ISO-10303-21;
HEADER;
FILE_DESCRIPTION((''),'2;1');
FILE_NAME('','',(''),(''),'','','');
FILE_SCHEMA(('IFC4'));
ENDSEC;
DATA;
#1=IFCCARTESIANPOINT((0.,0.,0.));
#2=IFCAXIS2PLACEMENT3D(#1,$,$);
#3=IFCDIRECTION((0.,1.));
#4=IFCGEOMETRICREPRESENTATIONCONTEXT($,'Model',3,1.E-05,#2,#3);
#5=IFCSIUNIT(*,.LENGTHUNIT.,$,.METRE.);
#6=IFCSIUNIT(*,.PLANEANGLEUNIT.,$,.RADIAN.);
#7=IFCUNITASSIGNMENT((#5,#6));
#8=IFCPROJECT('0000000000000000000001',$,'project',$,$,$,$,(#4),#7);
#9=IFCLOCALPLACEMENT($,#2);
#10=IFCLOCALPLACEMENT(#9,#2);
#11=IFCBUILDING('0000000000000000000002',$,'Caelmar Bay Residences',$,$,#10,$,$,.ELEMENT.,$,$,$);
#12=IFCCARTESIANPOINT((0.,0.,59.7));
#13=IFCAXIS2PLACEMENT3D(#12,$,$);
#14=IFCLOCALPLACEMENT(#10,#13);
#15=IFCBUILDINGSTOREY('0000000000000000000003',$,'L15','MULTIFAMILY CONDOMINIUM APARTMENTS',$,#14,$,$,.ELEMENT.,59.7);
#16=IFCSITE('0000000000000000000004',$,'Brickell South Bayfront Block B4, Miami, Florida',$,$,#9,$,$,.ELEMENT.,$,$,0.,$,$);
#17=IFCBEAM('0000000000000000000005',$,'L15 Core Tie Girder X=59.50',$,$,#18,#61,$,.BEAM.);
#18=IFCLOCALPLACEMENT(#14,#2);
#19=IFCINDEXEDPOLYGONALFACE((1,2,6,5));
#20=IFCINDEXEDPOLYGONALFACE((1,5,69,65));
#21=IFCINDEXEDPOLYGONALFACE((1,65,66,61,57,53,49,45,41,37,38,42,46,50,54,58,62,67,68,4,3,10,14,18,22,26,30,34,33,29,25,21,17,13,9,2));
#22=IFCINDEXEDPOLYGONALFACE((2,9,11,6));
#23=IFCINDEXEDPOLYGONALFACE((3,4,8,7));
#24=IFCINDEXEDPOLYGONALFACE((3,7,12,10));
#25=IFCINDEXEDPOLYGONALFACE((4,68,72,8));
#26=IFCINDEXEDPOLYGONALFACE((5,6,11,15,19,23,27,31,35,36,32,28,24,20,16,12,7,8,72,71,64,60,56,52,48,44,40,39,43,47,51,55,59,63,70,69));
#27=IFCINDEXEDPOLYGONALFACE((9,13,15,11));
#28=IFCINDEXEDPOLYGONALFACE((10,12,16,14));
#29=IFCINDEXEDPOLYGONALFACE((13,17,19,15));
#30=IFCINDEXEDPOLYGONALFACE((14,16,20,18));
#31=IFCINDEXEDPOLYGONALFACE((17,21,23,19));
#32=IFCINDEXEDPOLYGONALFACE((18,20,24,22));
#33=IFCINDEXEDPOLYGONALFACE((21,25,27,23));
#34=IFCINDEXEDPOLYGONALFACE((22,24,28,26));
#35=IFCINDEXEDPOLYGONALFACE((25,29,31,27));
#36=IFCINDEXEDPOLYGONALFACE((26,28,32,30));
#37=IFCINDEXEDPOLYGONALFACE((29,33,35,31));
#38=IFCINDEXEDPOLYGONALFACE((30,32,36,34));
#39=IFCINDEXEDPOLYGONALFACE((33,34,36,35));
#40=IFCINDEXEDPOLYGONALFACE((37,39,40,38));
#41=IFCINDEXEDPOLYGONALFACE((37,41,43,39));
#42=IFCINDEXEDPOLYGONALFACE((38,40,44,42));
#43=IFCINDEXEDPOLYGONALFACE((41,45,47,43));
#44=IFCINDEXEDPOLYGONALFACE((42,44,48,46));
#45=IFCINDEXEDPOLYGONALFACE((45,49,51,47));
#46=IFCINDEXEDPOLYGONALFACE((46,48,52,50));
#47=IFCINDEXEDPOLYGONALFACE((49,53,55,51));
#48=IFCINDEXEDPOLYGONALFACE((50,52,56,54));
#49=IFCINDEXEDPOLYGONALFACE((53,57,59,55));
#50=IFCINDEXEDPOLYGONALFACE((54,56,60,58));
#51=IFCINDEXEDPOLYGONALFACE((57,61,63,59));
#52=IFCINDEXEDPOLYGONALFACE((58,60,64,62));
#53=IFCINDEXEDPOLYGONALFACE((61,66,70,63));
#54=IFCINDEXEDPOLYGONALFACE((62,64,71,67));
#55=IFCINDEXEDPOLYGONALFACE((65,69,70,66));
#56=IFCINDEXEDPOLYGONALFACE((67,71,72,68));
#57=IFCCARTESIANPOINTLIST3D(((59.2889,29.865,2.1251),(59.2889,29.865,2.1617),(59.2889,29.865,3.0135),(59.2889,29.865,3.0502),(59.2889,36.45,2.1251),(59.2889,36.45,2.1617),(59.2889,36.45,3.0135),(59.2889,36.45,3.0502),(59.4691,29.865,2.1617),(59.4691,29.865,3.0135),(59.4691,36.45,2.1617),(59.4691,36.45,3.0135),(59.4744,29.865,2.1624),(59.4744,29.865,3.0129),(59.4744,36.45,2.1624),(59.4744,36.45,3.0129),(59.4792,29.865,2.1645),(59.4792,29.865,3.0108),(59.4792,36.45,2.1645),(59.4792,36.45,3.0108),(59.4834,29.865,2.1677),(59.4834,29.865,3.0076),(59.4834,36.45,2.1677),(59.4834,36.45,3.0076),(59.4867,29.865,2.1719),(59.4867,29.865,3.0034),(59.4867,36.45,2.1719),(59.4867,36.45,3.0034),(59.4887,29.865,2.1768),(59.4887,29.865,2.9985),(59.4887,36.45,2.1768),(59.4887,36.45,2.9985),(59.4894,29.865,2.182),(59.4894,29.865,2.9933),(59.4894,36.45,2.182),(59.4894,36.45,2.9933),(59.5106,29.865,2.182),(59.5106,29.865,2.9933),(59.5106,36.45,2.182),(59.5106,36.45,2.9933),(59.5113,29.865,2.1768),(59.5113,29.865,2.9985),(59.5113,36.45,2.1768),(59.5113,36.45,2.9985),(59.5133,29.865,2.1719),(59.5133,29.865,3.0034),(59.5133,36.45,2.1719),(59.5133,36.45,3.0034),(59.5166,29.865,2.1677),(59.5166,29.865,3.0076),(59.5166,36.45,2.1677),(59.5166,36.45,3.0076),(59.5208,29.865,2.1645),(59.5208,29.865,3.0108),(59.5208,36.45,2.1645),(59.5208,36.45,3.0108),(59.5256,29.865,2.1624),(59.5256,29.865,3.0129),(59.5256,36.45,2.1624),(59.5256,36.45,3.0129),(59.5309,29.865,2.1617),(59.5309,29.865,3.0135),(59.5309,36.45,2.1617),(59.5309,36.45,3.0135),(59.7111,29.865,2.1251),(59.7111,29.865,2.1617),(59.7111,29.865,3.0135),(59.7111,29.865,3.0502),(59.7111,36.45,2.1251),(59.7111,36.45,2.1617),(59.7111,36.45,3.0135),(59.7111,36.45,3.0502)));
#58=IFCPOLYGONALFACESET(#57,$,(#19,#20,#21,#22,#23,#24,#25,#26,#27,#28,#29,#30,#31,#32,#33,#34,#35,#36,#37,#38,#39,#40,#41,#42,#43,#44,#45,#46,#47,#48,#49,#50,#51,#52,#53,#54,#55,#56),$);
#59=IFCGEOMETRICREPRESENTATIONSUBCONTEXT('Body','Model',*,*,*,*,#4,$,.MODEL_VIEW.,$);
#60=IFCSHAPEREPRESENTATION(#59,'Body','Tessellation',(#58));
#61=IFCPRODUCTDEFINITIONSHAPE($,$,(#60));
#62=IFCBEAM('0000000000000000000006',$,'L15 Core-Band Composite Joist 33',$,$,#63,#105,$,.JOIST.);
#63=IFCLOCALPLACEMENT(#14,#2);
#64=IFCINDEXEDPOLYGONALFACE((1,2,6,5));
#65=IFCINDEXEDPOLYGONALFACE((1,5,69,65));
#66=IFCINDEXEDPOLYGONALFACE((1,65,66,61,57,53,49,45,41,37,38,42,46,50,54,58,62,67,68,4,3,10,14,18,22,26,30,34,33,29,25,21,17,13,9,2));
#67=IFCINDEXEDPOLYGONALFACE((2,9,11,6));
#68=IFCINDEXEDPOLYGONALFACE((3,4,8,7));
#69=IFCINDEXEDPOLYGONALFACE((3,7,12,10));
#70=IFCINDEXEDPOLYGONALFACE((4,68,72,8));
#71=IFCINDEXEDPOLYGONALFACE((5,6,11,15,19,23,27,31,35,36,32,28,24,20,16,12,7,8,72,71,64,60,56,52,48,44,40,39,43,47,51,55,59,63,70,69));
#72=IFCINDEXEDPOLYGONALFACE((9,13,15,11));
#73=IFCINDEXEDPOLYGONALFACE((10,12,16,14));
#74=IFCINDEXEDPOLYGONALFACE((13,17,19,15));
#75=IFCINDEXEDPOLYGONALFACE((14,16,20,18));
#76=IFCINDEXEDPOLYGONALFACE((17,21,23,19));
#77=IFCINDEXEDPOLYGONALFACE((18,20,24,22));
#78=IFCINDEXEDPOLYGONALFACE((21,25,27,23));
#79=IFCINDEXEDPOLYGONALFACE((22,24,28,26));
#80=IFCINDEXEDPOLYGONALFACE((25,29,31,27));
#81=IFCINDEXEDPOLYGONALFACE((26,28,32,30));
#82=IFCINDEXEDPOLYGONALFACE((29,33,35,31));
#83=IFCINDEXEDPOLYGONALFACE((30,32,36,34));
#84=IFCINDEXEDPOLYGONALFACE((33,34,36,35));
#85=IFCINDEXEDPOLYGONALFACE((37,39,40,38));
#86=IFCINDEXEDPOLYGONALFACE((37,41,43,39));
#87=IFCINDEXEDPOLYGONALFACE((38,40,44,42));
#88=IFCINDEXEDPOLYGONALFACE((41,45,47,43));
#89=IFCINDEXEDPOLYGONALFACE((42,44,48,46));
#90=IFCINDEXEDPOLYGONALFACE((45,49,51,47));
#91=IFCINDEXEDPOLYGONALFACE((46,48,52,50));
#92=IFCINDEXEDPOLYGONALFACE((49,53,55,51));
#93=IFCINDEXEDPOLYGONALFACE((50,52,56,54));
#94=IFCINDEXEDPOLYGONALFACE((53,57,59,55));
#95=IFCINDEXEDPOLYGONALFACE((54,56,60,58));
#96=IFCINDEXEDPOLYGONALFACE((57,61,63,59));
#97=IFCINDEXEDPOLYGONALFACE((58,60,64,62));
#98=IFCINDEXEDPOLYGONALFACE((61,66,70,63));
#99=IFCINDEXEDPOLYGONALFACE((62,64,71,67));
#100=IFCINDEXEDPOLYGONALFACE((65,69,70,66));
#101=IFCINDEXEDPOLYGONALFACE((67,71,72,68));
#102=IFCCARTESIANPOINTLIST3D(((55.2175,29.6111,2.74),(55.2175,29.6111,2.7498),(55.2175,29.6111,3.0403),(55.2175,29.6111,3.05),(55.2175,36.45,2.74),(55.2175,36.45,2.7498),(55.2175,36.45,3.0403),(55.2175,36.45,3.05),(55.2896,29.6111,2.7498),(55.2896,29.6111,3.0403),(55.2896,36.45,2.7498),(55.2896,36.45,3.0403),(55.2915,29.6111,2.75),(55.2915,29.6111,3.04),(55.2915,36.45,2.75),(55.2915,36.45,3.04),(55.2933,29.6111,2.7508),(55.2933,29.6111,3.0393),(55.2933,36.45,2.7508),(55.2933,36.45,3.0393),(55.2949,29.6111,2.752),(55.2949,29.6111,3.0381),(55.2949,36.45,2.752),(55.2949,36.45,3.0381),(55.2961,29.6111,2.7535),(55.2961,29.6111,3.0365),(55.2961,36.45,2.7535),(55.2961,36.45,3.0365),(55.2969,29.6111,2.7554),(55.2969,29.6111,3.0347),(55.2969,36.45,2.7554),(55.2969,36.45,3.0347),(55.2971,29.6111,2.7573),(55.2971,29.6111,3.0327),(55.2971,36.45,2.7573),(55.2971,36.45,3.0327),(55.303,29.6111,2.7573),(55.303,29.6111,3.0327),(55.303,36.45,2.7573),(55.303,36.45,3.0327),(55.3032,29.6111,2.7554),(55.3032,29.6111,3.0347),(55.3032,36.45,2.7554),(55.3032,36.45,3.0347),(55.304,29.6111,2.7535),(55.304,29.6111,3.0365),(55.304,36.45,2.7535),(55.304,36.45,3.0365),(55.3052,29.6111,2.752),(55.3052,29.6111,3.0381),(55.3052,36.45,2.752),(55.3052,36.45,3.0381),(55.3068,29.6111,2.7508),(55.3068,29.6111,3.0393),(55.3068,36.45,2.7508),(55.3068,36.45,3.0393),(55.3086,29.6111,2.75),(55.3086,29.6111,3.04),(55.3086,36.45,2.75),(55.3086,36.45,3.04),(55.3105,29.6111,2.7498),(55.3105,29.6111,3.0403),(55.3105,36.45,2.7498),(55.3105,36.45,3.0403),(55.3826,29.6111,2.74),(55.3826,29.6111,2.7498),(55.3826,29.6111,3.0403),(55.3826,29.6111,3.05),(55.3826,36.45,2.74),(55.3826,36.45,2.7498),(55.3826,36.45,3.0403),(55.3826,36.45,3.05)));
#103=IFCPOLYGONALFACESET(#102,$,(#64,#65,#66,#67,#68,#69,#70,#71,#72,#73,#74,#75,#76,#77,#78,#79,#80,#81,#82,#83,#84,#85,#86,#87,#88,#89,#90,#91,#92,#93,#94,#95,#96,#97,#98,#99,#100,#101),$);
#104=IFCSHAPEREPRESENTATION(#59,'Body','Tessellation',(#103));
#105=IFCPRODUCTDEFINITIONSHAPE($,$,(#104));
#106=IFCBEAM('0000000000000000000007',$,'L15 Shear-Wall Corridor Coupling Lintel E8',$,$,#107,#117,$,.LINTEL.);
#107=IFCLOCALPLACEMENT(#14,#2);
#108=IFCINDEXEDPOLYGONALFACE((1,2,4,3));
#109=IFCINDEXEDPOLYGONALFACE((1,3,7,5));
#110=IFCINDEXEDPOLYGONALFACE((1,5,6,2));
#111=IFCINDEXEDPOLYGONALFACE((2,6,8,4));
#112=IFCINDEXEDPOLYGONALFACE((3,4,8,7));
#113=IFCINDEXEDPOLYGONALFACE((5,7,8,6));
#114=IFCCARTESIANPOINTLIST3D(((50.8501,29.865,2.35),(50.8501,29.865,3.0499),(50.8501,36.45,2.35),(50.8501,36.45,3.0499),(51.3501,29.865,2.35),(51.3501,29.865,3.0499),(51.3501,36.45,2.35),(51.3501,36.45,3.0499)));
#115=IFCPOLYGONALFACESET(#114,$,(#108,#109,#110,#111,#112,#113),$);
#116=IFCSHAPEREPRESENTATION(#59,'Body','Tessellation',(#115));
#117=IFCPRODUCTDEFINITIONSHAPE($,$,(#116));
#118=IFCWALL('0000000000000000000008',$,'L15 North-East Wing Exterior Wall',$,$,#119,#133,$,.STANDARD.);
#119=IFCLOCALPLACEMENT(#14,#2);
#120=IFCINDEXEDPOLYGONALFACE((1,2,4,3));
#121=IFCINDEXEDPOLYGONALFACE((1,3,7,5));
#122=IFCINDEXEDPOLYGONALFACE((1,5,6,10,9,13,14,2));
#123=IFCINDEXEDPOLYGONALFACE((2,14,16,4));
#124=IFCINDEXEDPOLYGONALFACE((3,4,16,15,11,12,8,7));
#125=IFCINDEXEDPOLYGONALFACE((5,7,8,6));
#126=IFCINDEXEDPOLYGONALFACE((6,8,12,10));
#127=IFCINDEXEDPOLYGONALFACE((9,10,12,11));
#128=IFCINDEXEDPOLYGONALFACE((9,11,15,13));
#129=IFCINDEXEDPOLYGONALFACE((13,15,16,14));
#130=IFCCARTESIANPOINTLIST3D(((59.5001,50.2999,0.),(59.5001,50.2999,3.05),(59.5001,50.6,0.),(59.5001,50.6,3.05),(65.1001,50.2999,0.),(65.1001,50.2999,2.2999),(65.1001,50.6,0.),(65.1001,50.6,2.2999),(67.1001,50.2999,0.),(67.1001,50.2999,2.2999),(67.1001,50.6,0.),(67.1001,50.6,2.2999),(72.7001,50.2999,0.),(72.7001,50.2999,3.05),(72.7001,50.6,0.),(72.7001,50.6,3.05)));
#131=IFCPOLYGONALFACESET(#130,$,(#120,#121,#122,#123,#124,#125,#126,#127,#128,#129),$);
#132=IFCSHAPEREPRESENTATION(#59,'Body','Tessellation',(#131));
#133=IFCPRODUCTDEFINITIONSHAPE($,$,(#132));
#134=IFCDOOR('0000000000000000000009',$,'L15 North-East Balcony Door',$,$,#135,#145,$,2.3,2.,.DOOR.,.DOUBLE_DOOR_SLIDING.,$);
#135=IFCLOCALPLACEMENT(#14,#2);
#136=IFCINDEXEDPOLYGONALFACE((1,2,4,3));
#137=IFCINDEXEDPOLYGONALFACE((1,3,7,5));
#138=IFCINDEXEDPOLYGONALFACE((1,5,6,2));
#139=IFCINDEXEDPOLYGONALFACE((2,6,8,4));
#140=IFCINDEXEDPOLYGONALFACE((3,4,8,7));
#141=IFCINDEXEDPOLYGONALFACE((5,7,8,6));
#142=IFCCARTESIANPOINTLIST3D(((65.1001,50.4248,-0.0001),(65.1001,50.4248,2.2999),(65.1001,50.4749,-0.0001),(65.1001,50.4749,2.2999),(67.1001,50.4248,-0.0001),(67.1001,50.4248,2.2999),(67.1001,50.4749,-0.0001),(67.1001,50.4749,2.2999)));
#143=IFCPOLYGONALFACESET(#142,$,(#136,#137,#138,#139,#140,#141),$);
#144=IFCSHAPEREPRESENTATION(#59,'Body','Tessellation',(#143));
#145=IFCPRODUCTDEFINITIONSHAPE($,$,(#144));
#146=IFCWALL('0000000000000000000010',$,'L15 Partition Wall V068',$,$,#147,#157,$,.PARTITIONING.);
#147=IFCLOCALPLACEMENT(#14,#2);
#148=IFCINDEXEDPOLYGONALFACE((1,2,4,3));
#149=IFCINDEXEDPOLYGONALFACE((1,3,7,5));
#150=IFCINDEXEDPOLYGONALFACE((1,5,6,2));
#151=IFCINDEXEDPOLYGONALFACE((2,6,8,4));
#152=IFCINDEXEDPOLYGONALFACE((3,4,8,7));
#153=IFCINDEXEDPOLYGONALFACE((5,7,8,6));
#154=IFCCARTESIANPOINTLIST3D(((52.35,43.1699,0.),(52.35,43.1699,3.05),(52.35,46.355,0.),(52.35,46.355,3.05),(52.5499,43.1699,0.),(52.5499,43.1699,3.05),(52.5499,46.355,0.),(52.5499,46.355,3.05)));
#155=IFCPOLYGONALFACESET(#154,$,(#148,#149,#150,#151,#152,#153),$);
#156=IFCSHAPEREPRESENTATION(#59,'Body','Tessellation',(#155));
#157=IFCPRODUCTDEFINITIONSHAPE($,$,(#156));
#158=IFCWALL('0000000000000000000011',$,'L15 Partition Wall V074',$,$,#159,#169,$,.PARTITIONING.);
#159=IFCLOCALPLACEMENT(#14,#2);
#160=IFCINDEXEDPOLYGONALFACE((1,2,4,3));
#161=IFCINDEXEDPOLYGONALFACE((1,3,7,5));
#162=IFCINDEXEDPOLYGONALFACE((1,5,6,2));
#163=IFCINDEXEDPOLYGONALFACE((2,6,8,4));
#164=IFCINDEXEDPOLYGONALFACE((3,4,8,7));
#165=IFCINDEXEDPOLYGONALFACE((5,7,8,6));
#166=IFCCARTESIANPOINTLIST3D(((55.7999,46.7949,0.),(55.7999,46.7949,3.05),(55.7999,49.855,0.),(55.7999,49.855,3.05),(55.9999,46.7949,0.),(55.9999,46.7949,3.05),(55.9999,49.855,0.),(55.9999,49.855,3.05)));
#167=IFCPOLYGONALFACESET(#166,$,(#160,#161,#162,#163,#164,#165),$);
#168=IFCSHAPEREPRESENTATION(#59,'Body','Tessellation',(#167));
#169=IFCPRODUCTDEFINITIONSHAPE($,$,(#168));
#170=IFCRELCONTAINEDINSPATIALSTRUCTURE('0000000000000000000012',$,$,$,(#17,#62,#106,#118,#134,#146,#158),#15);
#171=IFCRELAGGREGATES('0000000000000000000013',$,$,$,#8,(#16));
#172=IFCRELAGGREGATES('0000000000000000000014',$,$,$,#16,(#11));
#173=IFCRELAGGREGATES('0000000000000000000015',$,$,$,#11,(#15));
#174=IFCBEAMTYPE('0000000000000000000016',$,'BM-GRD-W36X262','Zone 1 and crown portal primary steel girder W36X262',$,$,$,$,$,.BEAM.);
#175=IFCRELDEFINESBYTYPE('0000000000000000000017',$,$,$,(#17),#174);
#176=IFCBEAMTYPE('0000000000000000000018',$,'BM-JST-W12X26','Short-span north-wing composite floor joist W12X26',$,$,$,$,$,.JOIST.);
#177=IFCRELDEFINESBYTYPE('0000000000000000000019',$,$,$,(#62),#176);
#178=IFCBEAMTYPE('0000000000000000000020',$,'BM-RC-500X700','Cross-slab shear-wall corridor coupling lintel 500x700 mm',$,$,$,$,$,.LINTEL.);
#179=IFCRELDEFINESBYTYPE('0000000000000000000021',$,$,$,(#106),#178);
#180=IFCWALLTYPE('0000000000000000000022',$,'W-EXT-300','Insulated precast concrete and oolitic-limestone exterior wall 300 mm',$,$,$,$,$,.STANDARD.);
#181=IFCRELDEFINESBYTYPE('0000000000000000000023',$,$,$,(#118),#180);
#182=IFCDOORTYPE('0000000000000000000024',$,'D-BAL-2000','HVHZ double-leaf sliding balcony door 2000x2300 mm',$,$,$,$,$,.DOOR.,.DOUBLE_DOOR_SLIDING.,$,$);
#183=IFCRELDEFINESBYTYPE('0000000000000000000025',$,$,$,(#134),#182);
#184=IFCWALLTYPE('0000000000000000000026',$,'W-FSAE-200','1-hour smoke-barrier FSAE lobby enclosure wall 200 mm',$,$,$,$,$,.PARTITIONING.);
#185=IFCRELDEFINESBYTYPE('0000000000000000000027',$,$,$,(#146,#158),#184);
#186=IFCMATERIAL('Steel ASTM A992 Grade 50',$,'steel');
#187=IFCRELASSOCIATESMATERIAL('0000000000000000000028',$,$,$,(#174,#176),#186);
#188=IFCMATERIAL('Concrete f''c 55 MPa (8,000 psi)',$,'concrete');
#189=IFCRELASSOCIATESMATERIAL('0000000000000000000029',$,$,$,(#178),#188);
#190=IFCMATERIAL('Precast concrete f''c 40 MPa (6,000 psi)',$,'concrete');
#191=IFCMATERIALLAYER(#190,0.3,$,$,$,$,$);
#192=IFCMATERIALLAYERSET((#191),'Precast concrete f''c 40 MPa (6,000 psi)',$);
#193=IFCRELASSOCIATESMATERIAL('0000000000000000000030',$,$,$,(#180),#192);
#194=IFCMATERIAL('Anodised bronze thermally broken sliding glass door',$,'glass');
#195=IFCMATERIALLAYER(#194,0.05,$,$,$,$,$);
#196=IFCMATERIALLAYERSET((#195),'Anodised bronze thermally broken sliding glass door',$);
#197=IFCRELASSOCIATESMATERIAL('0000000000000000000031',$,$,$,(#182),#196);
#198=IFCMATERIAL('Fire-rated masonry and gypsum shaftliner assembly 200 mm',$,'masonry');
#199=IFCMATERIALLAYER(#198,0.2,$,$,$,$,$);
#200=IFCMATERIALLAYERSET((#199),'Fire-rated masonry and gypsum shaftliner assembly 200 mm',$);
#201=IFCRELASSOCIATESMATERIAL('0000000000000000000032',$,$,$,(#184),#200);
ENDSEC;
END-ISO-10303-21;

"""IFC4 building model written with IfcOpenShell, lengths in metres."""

from ifc_helpers import new_model, si_unit, direction, frame, frame_2d, origin, origin_2d, place, context, subcontext, project, spatial, rectangle, i_section, extrude, material, layer, layer_set, material_profile, profile_set, type_object, element, fill, save


model = new_model("IFC4")

# Units and contexts
model_context = context("Model", 3, precision=1e-05, world=origin(), true_north=direction((0.0, 1.0)))
body_context = subcontext(model_context, "Body", "Model", "MODEL_VIEW")
ifc_project = project(units=[si_unit("LENGTHUNIT", "METRE"), si_unit("PLANEANGLEUNIT", "RADIAN")], contexts=[model_context])

# Site, building, storey
site_placement = place(None, origin())
site = spatial("IfcSite", under=ifc_project, at=site_placement, Name="Brickell South Bayfront Block B4, Miami, Florida", CompositionType="ELEMENT", RefElevation=0.0)
building_placement = place(site_placement, origin())
building = spatial("IfcBuilding", under=site, at=building_placement, Name="Caelmar Bay Residences", CompositionType="ELEMENT")
storey_placement = place(building_placement, frame((0.0, 0.0, 59.7)))
storey = spatial("IfcBuildingStorey", under=building, at=storey_placement, Name="L15", Description="MULTIFAMILY CONDOMINIUM APARTMENTS", CompositionType="ELEMENT", Elevation=59.7)

# Beams
ifc_material_1 = material(Name="Steel ASTM A992 Grade 50", Category="steel")
ifc_material_profile_1 = material_profile(ifc_material_1, i_section(OverallWidth=0.4221, OverallDepth=0.925, WebThickness=0.0212, FlangeThickness=0.0366, FilletRadius=0.0203, at=origin_2d()), Name="W36X262")
ifc_profile_set_1 = profile_set([ifc_material_profile_1], Name="Steel ASTM A992 Grade 50")
beam_type_1 = type_object("IfcBeamType", Name="BM-GRD-W36X262", Description="Zone 1 and crown portal primary steel girder W36X262", PredefinedType="BEAM", material=ifc_profile_set_1)
beam_1_placement = place(storey_placement, frame((59.5, 29.865, 2.5876), z_axis=(0.0, 1.0, 0.0), x_axis=(-1.0, 0.0, 0.0)))
element("IfcBeam", 1, at=beam_1_placement, inside=storey, type_object=beam_type_1, Name="L15 Core Tie Girder X=59.50", PredefinedType="BEAM", context=body_context, shape_type="SweptSolid", body=[
    extrude(i_section(OverallWidth=0.4221, OverallDepth=0.925, WebThickness=0.0212, FlangeThickness=0.0366, FilletRadius=0.0203, at=origin_2d()), origin(), (0.0, 0.0, 1.0), 6.585),
])
ifc_material_profile_2 = material_profile(ifc_material_1, i_section(OverallWidth=0.165, OverallDepth=0.3101, WebThickness=0.0059, FlangeThickness=0.0098, FilletRadius=0.0076, at=origin_2d()), Name="W12X26")
ifc_profile_set_2 = profile_set([ifc_material_profile_2], Name="Steel ASTM A992 Grade 50")
beam_type_2 = type_object("IfcBeamType", Name="BM-JST-W12X26", Description="Short-span north-wing composite floor joist W12X26", PredefinedType="JOIST", material=ifc_profile_set_2)
beam_2_placement = place(storey_placement, frame((55.3, 29.6111, 2.895), z_axis=(0.0, 1.0, 0.0), x_axis=(-1.0, 0.0, 0.0)))
element("IfcBeam", 2, at=beam_2_placement, inside=storey, type_object=beam_type_2, Name="L15 Core-Band Composite Joist 33", PredefinedType="JOIST", context=body_context, shape_type="SweptSolid", body=[
    extrude(i_section(OverallWidth=0.165, OverallDepth=0.3101, WebThickness=0.0059, FlangeThickness=0.0098, FilletRadius=0.0076, at=origin_2d()), origin(), (0.0, 0.0, 1.0), 6.8389),
])
ifc_material_2 = material(Name="Concrete f'c 55 MPa (8,000 psi)", Category="concrete")
ifc_material_profile_3 = material_profile(ifc_material_2, rectangle(XDim=0.5, YDim=0.7, at=origin_2d()), Name="RC-BM-500X700")
ifc_profile_set_3 = profile_set([ifc_material_profile_3], Name="Concrete f'c 55 MPa (8,000 psi)")
beam_type_3 = type_object("IfcBeamType", Name="BM-RC-500X700", Description="Cross-slab shear-wall corridor coupling lintel 500x700 mm", PredefinedType="LINTEL", material=ifc_profile_set_3)
beam_3_placement = place(storey_placement, frame((51.1001, 29.865, 2.7), z_axis=(0.0, 1.0, 0.0), x_axis=(-1.0, 0.0, 0.0)))
element("IfcBeam", 3, at=beam_3_placement, inside=storey, type_object=beam_type_3, Name="L15 Shear-Wall Corridor Coupling Lintel E8", PredefinedType="LINTEL", context=body_context, shape_type="SweptSolid", body=[
    extrude(rectangle(XDim=0.5, YDim=0.7, at=origin_2d()), origin(), (0.0, 0.0, 1.0), 6.585),
])

# Wall, opening, door
ifc_material_3 = material(Name="Precast concrete f'c 40 MPa (6,000 psi)", Category="concrete")
ifc_layer_1 = layer(ifc_material_3, 0.3)
ifc_layer_set_1 = layer_set([ifc_layer_1], Name="Precast concrete f'c 40 MPa (6,000 psi)")
wall_type_1 = type_object("IfcWallType", Name="W-EXT-300", Description="Insulated precast concrete and oolitic-limestone exterior wall 300 mm", PredefinedType="STANDARD", material=ifc_layer_set_1)
wall_1_placement = place(storey_placement, frame((59.5, 50.45, 0.0), z_axis=(0.0, 0.0, 1.0), x_axis=(1.0, 0.0, 0.0)))
wall_1 = element("IfcWall", 4, at=wall_1_placement, inside=storey, type_object=wall_type_1, Name="L15 North-East Wing Exterior Wall", PredefinedType="STANDARD", context=body_context, shape_type="SweptSolid", body=[
    extrude(rectangle(XDim=13.2, YDim=0.3, at=frame_2d((6.6001, 0.0))), origin(), (0.0, 0.0, 1.0), 3.05),
])
opening_1_placement = place(wall_1_placement, frame((5.6001, 0.0, 0.0)))
opening_1 = element("IfcOpeningElement", 5, at=opening_1_placement, cuts=wall_1, PredefinedType="OPENING", context=body_context, shape_type="SweptSolid", body=[
    extrude(rectangle(XDim=2.0, YDim=2.3, at=frame_2d((1.0, 1.1499))), frame((0.0, 0.1599, 0.0), z_axis=(0.0, -1.0, 0.0), x_axis=(1.0, 0.0, 0.0)), (0.0, 0.0, 1.0), 0.3201),
])
ifc_material_4 = material(Name="Anodised bronze thermally broken sliding glass door", Category="glass")
ifc_layer_2 = layer(ifc_material_4, 0.05)
ifc_layer_set_2 = layer_set([ifc_layer_2], Name="Anodised bronze thermally broken sliding glass door")
door_type_1 = type_object("IfcDoorType", Name="D-BAL-2000", Description="HVHZ double-leaf sliding balcony door 2000x2300 mm", OperationType="DOUBLE_DOOR_SLIDING", PredefinedType="DOOR", material=ifc_layer_set_2)
door_1_placement = place(opening_1_placement, origin())
door_1 = element("IfcDoor", 6, at=door_1_placement, inside=storey, type_object=door_type_1, Name="L15 North-East Balcony Door", OperationType="DOUBLE_DOOR_SLIDING", OverallHeight=2.3, OverallWidth=2.0, PredefinedType="DOOR", context=body_context, shape_type="SweptSolid", body=[
    extrude(rectangle(XDim=2.0, YDim=2.3, at=frame_2d((1.0, 1.1499))), frame((0.0, 0.0249, 0.0), z_axis=(0.0, -1.0, 0.0), x_axis=(1.0, 0.0, 0.0)), (0.0, 0.0, 1.0), 0.05),
])
fill(opening_1, door_1)

# Walls
ifc_material_5 = material(Name="Fire-rated masonry and gypsum shaftliner assembly 200 mm", Category="masonry")
ifc_layer_3 = layer(ifc_material_5, 0.2)
ifc_layer_set_3 = layer_set([ifc_layer_3], Name="Fire-rated masonry and gypsum shaftliner assembly 200 mm")
wall_type_2 = type_object("IfcWallType", Name="W-FSAE-200", Description="1-hour smoke-barrier FSAE lobby enclosure wall 200 mm", PredefinedType="PARTITIONING", material=ifc_layer_set_3)
wall_2_placement = place(storey_placement, frame((52.45, 43.1699, 0.0), z_axis=(0.0, 0.0, 1.0), x_axis=(0.0, 1.0, 0.0)))
element("IfcWall", 7, at=wall_2_placement, inside=storey, type_object=wall_type_2, Name="L15 Partition Wall V068", PredefinedType="PARTITIONING", context=body_context, shape_type="SweptSolid", body=[
    extrude(rectangle(XDim=3.1851, YDim=0.2, at=frame_2d((1.5925, 0.0))), origin(), (0.0, 0.0, 1.0), 3.05),
])
wall_3_placement = place(storey_placement, frame((55.8999, 46.7949, 0.0), z_axis=(0.0, 0.0, 1.0), x_axis=(0.0, 1.0, 0.0)))
element("IfcWall", 8, at=wall_3_placement, inside=storey, type_object=wall_type_2, Name="L15 Partition Wall V074", PredefinedType="PARTITIONING", context=body_context, shape_type="SweptSolid", body=[
    extrude(rectangle(XDim=3.0601, YDim=0.2, at=frame_2d((1.53, 0.0))), origin(), (0.0, 0.0, 1.0), 3.05),
])

save(model, "model.ifc")
